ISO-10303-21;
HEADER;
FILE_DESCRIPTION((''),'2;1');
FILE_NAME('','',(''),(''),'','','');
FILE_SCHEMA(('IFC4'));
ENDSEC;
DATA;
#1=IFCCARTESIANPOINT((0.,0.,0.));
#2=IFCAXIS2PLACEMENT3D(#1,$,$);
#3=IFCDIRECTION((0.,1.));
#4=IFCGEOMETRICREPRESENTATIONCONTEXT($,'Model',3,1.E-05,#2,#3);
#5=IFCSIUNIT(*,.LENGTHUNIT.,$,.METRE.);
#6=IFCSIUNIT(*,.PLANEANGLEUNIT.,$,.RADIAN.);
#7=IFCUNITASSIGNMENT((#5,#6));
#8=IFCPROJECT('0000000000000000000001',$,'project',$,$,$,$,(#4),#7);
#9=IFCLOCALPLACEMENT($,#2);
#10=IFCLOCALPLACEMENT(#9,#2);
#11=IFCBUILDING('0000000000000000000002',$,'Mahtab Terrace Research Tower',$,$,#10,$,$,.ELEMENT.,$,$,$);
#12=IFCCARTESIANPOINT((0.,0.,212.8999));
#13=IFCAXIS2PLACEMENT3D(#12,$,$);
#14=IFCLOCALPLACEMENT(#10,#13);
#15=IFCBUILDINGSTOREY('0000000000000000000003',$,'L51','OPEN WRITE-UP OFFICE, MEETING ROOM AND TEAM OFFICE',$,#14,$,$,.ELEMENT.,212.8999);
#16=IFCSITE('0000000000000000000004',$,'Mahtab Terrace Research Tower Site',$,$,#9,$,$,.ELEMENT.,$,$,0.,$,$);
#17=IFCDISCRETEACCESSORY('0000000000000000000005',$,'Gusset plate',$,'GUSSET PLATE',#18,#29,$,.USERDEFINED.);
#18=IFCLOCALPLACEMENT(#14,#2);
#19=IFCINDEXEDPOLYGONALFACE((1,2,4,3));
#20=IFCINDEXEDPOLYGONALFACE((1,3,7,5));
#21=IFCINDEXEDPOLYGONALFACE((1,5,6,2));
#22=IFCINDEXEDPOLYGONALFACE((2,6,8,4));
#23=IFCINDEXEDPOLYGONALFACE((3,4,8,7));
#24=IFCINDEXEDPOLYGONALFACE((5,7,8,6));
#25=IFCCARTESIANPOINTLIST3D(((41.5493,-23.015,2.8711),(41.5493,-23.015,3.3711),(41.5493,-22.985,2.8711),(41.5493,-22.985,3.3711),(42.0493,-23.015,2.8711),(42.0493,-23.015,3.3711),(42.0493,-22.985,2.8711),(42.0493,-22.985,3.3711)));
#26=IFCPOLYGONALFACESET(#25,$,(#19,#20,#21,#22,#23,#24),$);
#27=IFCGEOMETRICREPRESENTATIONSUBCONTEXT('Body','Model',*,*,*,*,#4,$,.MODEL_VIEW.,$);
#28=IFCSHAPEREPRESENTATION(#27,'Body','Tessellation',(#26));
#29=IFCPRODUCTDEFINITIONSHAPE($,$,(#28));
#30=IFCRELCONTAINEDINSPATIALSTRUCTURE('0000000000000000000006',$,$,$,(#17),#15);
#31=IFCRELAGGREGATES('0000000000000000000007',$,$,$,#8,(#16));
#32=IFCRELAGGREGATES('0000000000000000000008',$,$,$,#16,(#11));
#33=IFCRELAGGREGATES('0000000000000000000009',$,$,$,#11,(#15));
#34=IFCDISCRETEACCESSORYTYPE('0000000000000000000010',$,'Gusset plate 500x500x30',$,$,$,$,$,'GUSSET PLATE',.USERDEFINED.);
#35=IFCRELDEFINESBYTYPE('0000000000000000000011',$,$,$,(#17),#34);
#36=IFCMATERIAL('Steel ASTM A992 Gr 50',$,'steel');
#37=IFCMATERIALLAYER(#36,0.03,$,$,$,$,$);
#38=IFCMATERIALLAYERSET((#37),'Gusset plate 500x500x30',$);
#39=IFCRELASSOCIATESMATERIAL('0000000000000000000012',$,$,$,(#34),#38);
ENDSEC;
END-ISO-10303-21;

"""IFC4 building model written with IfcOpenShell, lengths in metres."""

from ifc_helpers import new_model, si_unit, direction, frame, origin, origin_2d, place, context, subcontext, project, spatial, rectangle, extrude, material, layer, layer_set, type_object, element, save


model = new_model("IFC4")

# Units and contexts
model_context = context("Model", 3, precision=1e-05, world=origin(), true_north=direction((0.0, 1.0)))
body_context = subcontext(model_context, "Body", "Model", "MODEL_VIEW")
ifc_project = project(units=[si_unit("LENGTHUNIT", "METRE"), si_unit("PLANEANGLEUNIT", "RADIAN")], contexts=[model_context])

# Site, building, storey
site_placement = place(None, origin())
site = spatial("IfcSite", under=ifc_project, at=site_placement, Name="Mahtab Terrace Research Tower Site", CompositionType="ELEMENT", RefElevation=0.0)
building_placement = place(site_placement, origin())
building = spatial("IfcBuilding", under=site, at=building_placement, Name="Mahtab Terrace Research Tower", CompositionType="ELEMENT")
storey_placement = place(building_placement, frame((0.0, 0.0, 212.8999)))
storey = spatial("IfcBuildingStorey", under=building, at=storey_placement, Name="L51", Description="OPEN WRITE-UP OFFICE, MEETING ROOM AND TEAM OFFICE", CompositionType="ELEMENT", Elevation=212.8999)

# Shared definitions
ifc_material_1 = material(Name="Steel ASTM A992 Gr 50", Category="steel")

# Discrete accessory
ifc_layer_1 = layer(ifc_material_1, 0.03)
ifc_layer_set_1 = layer_set([ifc_layer_1], Name="Gusset plate 500x500x30")
discrete_accessory_type = type_object("IfcDiscreteAccessoryType", Name="Gusset plate 500x500x30", ElementType="GUSSET PLATE", PredefinedType="USERDEFINED", material=ifc_layer_set_1)
for number, where, z_axis, x_axis, name in (
    (1, (41.7993, -23.0, 2.8711), (0.0, 0.0, 1.0), (1.0, 0.0, 0.0), "Gusset plate"),
):
    element("IfcDiscreteAccessory", number, at=place(storey_placement, frame(where, z_axis=z_axis, x_axis=x_axis)), inside=storey, type_object=discrete_accessory_type, Name=name, ObjectType="GUSSET PLATE", PredefinedType="USERDEFINED", context=body_context, shape_type="SweptSolid", body=[
        extrude(rectangle(XDim=0.5, YDim=0.03, at=origin_2d()), origin(), (0.0, 0.0, 1.0), 0.5),
    ])

save(model, "model.ifc")
